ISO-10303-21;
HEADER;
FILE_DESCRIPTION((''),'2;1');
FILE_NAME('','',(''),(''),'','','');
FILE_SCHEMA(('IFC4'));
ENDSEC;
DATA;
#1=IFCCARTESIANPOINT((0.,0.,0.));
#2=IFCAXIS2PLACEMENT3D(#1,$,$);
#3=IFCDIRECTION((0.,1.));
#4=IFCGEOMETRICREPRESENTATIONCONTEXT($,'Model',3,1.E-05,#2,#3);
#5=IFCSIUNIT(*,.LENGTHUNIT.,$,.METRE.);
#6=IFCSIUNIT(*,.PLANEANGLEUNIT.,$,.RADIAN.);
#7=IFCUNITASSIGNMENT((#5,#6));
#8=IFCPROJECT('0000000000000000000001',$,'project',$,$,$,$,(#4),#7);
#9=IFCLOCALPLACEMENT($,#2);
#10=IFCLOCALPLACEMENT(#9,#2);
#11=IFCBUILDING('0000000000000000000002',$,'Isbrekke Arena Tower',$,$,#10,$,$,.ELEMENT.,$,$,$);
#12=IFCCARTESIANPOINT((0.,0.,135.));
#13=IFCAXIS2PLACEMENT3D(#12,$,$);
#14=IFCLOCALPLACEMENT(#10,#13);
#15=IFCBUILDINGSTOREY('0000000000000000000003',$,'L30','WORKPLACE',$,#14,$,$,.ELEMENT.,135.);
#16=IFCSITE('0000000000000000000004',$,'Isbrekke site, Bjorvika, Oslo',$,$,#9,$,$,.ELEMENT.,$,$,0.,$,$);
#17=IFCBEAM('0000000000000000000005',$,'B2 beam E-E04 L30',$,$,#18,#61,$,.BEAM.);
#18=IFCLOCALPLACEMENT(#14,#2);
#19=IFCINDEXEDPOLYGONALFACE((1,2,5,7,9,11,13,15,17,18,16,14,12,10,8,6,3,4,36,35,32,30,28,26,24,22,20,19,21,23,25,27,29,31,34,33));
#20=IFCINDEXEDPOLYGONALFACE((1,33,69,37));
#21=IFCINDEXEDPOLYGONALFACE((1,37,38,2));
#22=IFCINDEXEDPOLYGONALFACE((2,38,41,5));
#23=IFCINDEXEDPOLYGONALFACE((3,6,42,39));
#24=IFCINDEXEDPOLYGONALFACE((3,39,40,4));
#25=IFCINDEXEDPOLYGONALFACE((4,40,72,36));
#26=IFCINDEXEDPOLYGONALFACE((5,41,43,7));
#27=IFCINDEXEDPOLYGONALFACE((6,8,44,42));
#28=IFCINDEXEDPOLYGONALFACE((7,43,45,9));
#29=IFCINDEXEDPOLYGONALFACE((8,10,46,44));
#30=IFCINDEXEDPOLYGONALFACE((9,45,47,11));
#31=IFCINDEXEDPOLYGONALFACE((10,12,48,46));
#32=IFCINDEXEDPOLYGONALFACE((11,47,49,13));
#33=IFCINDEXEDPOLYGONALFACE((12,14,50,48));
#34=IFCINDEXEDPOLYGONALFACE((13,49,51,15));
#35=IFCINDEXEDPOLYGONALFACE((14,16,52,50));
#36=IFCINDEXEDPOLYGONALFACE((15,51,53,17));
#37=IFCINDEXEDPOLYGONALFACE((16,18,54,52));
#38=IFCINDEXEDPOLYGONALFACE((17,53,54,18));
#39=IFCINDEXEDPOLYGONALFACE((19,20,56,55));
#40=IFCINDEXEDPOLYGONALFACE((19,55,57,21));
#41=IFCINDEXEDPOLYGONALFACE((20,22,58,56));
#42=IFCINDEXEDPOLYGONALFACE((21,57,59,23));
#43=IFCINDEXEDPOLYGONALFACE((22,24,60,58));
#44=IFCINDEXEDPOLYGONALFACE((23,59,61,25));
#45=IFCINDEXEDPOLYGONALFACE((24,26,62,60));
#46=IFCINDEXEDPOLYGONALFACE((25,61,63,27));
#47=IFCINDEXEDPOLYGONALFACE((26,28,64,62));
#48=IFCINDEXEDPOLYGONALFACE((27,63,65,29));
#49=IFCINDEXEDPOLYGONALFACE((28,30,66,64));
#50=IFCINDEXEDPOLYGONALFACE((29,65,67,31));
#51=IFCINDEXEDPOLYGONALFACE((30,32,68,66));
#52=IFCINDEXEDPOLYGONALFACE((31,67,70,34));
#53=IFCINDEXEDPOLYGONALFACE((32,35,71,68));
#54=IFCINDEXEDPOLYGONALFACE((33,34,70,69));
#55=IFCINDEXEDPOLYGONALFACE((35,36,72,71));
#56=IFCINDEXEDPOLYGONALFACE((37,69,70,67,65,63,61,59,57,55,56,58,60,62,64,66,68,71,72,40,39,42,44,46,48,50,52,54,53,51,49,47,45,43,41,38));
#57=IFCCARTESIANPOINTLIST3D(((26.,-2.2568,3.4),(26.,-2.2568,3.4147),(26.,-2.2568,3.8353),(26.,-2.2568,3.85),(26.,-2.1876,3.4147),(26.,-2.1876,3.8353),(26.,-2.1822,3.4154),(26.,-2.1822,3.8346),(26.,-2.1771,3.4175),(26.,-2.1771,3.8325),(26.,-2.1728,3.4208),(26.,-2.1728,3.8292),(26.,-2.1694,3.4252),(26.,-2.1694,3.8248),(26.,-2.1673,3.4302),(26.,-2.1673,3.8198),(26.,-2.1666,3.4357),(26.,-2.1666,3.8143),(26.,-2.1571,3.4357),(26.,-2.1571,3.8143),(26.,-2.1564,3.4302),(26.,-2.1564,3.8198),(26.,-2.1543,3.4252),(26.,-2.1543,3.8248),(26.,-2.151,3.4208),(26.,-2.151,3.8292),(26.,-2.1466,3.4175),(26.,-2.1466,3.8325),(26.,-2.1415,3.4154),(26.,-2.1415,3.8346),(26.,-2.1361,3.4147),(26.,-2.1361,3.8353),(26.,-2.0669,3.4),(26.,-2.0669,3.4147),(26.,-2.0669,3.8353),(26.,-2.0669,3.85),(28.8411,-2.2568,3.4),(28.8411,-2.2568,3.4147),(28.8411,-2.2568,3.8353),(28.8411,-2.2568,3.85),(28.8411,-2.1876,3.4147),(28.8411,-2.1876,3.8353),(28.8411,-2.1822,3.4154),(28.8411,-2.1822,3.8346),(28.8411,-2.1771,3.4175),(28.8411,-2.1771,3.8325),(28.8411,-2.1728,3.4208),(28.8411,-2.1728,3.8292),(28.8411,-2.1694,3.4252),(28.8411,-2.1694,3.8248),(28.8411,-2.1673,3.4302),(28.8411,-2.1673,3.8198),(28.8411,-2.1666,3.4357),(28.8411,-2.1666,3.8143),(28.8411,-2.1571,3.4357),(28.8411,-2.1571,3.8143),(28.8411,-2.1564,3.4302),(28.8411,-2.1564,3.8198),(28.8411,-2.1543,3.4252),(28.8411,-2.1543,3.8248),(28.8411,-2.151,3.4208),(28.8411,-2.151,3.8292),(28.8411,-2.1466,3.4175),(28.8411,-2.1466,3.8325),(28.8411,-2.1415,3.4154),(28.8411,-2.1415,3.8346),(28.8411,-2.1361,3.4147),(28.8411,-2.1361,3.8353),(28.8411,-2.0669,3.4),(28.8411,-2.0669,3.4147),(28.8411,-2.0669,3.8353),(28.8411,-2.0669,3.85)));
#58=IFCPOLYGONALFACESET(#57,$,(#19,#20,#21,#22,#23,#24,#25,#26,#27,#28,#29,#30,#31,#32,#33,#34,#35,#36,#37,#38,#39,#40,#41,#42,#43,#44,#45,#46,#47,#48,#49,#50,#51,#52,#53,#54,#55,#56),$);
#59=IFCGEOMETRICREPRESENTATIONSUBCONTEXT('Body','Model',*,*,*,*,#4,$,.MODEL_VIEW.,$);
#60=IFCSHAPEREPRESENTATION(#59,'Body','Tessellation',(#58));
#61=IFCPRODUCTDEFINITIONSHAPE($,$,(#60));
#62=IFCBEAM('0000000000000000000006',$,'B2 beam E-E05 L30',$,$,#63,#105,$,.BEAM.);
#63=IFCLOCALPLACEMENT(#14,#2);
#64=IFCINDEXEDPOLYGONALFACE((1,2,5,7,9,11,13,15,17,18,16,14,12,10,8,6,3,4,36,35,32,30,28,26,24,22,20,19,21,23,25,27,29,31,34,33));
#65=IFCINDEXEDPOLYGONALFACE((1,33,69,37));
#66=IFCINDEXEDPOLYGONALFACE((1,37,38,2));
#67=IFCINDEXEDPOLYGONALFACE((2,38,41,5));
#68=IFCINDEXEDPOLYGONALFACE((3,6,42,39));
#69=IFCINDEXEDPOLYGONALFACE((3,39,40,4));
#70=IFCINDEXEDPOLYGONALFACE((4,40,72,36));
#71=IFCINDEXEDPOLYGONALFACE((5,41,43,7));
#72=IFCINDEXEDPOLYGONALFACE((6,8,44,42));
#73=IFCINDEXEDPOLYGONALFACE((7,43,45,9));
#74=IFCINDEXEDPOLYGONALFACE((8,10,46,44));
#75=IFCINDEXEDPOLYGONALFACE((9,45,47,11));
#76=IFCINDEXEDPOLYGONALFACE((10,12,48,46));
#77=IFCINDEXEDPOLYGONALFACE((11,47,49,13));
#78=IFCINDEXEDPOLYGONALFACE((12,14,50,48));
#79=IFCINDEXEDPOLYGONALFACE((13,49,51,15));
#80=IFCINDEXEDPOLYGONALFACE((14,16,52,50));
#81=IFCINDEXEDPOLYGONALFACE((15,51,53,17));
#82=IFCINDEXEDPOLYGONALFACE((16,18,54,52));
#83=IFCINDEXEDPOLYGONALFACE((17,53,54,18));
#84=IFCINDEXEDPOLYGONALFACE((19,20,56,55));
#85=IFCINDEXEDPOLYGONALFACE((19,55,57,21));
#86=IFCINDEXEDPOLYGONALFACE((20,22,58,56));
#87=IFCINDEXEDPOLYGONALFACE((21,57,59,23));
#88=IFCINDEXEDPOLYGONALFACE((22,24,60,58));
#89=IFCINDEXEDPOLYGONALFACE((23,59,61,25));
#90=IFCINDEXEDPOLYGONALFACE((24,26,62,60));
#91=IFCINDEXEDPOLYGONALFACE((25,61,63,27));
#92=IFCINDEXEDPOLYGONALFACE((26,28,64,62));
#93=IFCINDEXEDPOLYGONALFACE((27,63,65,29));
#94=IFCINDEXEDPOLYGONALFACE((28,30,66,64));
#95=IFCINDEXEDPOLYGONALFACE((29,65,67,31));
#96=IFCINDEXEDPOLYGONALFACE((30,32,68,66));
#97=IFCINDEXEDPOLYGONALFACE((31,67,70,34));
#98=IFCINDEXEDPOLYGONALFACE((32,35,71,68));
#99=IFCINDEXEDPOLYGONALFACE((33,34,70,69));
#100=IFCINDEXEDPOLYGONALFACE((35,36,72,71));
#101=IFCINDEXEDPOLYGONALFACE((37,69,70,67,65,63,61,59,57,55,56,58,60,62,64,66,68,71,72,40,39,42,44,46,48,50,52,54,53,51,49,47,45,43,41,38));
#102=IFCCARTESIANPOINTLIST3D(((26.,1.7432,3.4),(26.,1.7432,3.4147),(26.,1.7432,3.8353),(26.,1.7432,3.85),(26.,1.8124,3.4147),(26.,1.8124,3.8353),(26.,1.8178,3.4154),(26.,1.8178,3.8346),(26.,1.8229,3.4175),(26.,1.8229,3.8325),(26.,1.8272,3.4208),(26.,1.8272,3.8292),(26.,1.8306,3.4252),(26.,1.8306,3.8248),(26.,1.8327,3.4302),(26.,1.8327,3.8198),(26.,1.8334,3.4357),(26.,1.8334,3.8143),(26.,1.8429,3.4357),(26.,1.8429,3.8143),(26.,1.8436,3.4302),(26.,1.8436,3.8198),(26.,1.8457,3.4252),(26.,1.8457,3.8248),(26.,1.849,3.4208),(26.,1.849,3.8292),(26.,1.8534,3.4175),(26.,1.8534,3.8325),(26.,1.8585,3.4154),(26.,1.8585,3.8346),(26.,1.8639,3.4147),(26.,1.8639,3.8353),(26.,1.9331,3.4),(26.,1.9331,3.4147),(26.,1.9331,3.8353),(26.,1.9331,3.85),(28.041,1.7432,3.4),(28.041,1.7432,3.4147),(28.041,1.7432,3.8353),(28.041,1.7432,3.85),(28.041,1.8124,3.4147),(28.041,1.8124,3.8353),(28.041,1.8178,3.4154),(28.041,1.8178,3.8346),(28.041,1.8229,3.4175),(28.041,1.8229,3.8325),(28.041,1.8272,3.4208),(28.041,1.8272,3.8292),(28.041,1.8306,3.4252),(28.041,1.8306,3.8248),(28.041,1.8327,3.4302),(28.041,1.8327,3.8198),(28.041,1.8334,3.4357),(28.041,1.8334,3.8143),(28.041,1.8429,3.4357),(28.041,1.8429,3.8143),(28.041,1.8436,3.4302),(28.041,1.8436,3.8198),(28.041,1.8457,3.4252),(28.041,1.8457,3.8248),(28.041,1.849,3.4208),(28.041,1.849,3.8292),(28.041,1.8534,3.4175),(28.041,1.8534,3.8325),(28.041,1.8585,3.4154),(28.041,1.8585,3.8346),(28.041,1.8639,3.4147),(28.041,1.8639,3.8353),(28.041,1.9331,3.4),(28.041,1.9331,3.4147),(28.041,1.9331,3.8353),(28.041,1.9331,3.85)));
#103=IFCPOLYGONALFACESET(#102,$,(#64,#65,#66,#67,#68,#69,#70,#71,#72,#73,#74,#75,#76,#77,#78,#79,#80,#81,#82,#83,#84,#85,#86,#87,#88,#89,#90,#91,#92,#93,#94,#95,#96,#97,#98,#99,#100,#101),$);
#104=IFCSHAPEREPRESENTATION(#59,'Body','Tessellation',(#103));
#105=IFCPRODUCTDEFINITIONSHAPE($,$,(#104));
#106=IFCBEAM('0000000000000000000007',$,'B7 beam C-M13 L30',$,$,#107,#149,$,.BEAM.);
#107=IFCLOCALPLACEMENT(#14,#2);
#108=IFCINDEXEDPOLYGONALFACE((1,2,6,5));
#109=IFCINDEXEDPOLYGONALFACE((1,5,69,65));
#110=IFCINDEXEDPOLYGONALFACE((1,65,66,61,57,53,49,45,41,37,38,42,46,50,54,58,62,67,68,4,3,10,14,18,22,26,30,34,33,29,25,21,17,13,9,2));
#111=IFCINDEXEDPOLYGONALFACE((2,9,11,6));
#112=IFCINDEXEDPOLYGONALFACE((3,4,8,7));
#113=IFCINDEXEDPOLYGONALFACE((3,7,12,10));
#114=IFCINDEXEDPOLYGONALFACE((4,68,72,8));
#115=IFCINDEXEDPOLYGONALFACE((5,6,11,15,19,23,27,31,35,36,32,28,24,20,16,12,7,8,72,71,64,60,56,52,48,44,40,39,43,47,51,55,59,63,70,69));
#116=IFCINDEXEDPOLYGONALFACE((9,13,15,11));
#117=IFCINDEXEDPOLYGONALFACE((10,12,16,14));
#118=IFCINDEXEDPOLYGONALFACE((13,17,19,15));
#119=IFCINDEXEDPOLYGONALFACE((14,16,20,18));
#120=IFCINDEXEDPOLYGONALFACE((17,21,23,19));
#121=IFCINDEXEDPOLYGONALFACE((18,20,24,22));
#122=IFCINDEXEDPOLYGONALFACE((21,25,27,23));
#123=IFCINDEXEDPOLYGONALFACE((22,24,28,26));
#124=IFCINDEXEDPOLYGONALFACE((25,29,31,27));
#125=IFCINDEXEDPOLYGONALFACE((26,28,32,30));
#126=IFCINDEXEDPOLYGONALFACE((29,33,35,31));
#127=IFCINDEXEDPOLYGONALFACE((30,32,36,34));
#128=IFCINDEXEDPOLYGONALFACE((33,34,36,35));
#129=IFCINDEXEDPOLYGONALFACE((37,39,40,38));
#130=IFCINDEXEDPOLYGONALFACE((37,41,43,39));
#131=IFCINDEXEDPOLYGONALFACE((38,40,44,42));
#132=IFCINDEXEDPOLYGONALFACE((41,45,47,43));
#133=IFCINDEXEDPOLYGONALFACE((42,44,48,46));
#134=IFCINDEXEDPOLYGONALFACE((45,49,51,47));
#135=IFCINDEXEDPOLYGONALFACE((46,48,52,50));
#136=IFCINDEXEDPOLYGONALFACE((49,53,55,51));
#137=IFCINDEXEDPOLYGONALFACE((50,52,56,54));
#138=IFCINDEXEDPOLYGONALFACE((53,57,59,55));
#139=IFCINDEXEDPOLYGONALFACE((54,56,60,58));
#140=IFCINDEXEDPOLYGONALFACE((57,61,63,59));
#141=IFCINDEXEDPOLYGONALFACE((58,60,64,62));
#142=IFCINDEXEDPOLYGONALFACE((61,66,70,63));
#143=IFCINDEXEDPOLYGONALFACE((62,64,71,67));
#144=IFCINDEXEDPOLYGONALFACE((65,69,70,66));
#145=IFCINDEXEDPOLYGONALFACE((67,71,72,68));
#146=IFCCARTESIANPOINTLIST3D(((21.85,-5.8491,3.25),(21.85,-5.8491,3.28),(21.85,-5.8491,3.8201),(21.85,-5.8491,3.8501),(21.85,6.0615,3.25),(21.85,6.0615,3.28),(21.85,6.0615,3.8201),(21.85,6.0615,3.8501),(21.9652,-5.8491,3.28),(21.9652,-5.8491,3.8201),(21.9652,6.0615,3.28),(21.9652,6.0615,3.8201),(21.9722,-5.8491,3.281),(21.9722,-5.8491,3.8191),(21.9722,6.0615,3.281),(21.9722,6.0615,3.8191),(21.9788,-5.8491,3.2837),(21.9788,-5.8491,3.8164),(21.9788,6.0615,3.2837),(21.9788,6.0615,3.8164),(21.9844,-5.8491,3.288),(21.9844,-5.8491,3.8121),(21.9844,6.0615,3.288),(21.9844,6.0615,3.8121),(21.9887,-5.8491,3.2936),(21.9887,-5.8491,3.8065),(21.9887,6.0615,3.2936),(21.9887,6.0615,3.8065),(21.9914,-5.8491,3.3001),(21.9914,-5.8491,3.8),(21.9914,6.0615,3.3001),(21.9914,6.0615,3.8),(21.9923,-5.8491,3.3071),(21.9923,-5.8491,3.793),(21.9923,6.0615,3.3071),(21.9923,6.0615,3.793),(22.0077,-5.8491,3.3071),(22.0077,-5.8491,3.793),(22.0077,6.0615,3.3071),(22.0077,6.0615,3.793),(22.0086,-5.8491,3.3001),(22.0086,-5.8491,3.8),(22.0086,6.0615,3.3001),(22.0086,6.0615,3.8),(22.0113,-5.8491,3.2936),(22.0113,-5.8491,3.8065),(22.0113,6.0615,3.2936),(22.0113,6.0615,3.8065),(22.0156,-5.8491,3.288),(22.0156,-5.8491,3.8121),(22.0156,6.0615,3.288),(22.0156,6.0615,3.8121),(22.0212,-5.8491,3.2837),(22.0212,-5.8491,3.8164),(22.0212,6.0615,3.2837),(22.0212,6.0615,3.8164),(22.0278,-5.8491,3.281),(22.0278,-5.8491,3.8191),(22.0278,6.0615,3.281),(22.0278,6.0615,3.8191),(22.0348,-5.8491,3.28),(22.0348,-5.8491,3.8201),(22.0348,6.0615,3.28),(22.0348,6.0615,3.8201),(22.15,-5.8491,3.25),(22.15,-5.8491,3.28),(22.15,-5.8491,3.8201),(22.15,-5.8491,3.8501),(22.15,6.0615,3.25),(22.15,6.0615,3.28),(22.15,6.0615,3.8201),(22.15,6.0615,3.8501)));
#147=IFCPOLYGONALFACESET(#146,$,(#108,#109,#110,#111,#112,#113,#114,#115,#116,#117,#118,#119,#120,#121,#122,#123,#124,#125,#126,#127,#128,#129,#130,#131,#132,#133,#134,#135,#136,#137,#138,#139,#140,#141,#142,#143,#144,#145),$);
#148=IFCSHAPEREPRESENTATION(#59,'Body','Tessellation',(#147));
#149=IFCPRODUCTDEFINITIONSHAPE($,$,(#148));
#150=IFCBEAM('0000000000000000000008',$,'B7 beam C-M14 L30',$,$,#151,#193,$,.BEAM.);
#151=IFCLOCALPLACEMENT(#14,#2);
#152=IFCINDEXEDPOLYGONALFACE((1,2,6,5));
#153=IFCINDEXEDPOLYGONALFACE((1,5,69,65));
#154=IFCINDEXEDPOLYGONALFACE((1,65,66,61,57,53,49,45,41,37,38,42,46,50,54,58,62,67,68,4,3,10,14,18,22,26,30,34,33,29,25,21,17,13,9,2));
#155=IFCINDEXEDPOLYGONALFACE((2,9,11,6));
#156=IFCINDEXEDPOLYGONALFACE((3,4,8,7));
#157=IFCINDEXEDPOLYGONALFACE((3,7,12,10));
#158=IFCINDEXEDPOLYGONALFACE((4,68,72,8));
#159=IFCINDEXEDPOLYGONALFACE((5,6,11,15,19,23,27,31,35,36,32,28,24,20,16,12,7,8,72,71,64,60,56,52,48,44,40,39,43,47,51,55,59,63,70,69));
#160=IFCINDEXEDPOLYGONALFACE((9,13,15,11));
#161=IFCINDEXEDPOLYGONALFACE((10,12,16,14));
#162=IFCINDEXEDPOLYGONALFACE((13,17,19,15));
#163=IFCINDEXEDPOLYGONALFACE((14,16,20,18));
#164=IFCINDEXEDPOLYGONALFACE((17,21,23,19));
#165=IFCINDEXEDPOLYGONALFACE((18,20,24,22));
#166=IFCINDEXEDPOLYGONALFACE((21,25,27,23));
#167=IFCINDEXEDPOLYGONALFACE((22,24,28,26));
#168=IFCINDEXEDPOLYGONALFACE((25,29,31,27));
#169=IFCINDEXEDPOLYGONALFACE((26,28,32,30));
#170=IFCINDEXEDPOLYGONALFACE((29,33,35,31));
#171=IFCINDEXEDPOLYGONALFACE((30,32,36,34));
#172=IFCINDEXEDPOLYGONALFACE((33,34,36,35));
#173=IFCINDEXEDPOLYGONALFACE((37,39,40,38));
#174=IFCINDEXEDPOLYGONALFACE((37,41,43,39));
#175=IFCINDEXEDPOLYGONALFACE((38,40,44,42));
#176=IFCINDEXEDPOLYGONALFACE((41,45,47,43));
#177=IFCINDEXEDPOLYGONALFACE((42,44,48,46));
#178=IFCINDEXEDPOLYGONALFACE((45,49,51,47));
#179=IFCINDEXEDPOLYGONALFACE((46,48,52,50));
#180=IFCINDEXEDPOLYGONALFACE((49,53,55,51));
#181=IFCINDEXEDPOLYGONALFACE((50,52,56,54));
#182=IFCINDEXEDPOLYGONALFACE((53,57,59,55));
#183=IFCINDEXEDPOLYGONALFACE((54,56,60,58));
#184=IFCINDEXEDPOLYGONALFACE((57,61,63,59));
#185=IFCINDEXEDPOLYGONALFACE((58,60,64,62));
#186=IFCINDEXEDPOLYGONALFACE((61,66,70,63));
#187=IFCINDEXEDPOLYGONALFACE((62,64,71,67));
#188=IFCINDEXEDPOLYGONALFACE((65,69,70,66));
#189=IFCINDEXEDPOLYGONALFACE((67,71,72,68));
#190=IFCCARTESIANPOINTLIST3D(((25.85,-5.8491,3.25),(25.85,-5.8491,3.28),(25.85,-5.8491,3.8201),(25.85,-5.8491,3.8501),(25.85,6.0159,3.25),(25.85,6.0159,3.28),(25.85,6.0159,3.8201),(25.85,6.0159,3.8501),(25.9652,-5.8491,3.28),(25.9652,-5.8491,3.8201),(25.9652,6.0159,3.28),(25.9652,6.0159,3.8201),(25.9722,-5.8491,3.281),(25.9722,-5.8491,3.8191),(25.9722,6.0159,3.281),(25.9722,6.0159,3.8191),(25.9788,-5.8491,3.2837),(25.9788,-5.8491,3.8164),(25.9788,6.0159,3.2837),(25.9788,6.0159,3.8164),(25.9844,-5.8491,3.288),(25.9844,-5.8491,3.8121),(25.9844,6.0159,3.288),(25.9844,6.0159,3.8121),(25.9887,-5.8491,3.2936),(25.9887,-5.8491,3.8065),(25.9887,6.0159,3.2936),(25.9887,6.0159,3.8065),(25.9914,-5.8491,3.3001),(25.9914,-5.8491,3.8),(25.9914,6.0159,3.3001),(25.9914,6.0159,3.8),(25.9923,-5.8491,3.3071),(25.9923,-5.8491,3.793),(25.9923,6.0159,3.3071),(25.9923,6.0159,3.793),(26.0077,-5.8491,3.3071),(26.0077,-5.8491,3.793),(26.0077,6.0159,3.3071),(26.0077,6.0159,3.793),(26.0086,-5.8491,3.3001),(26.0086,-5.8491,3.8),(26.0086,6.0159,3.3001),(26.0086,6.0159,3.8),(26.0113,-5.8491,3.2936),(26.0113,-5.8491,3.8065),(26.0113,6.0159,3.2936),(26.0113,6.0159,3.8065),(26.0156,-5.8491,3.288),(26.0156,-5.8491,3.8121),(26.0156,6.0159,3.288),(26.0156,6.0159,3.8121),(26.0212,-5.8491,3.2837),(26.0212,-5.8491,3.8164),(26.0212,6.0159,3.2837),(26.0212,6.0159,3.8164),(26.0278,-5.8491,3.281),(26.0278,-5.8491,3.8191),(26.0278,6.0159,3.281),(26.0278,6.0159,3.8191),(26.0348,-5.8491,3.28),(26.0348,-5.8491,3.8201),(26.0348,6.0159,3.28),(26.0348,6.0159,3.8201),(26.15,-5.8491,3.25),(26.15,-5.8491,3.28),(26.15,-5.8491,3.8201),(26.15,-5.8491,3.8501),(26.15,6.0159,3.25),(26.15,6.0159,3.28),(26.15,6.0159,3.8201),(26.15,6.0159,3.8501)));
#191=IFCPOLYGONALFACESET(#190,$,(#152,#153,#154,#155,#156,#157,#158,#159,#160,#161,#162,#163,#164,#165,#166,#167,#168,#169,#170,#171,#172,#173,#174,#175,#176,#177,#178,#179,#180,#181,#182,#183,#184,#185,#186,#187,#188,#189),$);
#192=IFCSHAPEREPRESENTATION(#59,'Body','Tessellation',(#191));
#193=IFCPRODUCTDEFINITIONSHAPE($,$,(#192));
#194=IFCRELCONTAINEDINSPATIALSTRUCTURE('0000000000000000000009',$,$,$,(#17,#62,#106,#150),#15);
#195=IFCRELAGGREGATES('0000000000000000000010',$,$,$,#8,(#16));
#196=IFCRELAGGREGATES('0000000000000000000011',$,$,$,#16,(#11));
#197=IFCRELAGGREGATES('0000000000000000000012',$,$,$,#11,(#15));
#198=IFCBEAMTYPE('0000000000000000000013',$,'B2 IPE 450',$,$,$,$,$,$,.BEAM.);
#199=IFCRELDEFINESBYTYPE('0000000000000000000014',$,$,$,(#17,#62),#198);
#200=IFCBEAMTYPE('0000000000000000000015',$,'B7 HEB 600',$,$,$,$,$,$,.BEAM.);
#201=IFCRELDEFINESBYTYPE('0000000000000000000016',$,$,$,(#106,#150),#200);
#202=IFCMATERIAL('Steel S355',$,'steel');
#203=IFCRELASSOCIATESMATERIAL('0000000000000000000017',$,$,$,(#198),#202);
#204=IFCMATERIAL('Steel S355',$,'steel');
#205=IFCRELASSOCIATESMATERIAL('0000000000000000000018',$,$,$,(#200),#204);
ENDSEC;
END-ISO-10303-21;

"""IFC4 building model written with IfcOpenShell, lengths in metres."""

from ifc_helpers import new_model, si_unit, direction, frame, origin, origin_2d, place, context, subcontext, project, spatial, i_section, extrude, material, material_profile, profile_set, type_object, element, save


model = new_model("IFC4")

# Units and contexts
model_context = context("Model", 3, precision=1e-05, world=origin(), true_north=direction((0.0, 1.0)))
body_context = subcontext(model_context, "Body", "Model", "MODEL_VIEW")
ifc_project = project(units=[si_unit("LENGTHUNIT", "METRE"), si_unit("PLANEANGLEUNIT", "RADIAN")], contexts=[model_context])

# Site, building, storey
site_placement = place(None, origin())
site = spatial("IfcSite", under=ifc_project, at=site_placement, Name="Isbrekke site, Bjorvika, Oslo", CompositionType="ELEMENT", RefElevation=0.0)
building_placement = place(site_placement, origin())
building = spatial("IfcBuilding", under=site, at=building_placement, Name="Isbrekke Arena Tower", CompositionType="ELEMENT")
storey_placement = place(building_placement, frame((0.0, 0.0, 135.0)))
storey = spatial("IfcBuildingStorey", under=building, at=storey_placement, Name="L30", Description="WORKPLACE", CompositionType="ELEMENT", Elevation=135.0)

# Beams
ifc_material_1 = material(Name="Steel S355", Category="steel")
ifc_material_profile_1 = material_profile(ifc_material_1, i_section(OverallWidth=0.1899, OverallDepth=0.45, WebThickness=0.0095, FlangeThickness=0.0146, FilletRadius=0.021, at=origin_2d()), Name="IPE 450")
ifc_profile_set_1 = profile_set([ifc_material_profile_1], Name="Steel S355")
beam_type_1 = type_object("IfcBeamType", Name="B2 IPE 450", PredefinedType="BEAM", material=ifc_profile_set_1)
beam_1_placement = place(storey_placement, frame((28.8411, -2.1619, 3.625), z_axis=(-1.0, 0.0, 0.0), x_axis=(0.0, -1.0, 0.0)))
element("IfcBeam", 1, at=beam_1_placement, inside=storey, type_object=beam_type_1, Name="B2 beam E-E04 L30", PredefinedType="BEAM", context=body_context, shape_type="SweptSolid", body=[
    extrude(i_section(OverallWidth=0.1899, OverallDepth=0.45, WebThickness=0.0095, FlangeThickness=0.0146, FilletRadius=0.021, at=origin_2d()), origin(), (0.0, 0.0, 1.0), 2.8411),
])
beam_2_placement = place(storey_placement, frame((28.041, 1.8381, 3.625), z_axis=(-1.0, 0.0, 0.0), x_axis=(0.0, -1.0, 0.0)))
element("IfcBeam", 2, at=beam_2_placement, inside=storey, type_object=beam_type_1, Name="B2 beam E-E05 L30", PredefinedType="BEAM", context=body_context, shape_type="SweptSolid", body=[
    extrude(i_section(OverallWidth=0.1899, OverallDepth=0.45, WebThickness=0.0095, FlangeThickness=0.0146, FilletRadius=0.021, at=origin_2d()), origin(), (0.0, 0.0, 1.0), 2.041),
])
ifc_material_2 = material(Name="Steel S355", Category="steel")
ifc_material_profile_2 = material_profile(ifc_material_2, i_section(OverallWidth=0.3, OverallDepth=0.6001, WebThickness=0.0154, FlangeThickness=0.03, FilletRadius=0.0271, at=origin_2d()), Name="HEB 600")
ifc_profile_set_2 = profile_set([ifc_material_profile_2], Name="Steel S355")
beam_type_2 = type_object("IfcBeamType", Name="B7 HEB 600", PredefinedType="BEAM", material=ifc_profile_set_2)
beam_3_placement = place(storey_placement, frame((22.0, -5.8491, 3.55), z_axis=(0.0, 1.0, 0.0), x_axis=(-1.0, 0.0, 0.0)))
element("IfcBeam", 3, at=beam_3_placement, inside=storey, type_object=beam_type_2, Name="B7 beam C-M13 L30", PredefinedType="BEAM", context=body_context, shape_type="SweptSolid", body=[
    extrude(i_section(OverallWidth=0.3, OverallDepth=0.6001, WebThickness=0.0154, FlangeThickness=0.03, FilletRadius=0.0271, at=origin_2d()), origin(), (0.0, 0.0, 1.0), 11.9106),
])
beam_4_placement = place(storey_placement, frame((26.0, -5.8491, 3.55), z_axis=(0.0, 1.0, 0.0), x_axis=(-1.0, 0.0, 0.0)))
element("IfcBeam", 4, at=beam_4_placement, inside=storey, type_object=beam_type_2, Name="B7 beam C-M14 L30", PredefinedType="BEAM", context=body_context, shape_type="SweptSolid", body=[
    extrude(i_section(OverallWidth=0.3, OverallDepth=0.6001, WebThickness=0.0154, FlangeThickness=0.03, FilletRadius=0.0271, at=origin_2d()), origin(), (0.0, 0.0, 1.0), 11.865),
])

save(model, "model.ifc")
